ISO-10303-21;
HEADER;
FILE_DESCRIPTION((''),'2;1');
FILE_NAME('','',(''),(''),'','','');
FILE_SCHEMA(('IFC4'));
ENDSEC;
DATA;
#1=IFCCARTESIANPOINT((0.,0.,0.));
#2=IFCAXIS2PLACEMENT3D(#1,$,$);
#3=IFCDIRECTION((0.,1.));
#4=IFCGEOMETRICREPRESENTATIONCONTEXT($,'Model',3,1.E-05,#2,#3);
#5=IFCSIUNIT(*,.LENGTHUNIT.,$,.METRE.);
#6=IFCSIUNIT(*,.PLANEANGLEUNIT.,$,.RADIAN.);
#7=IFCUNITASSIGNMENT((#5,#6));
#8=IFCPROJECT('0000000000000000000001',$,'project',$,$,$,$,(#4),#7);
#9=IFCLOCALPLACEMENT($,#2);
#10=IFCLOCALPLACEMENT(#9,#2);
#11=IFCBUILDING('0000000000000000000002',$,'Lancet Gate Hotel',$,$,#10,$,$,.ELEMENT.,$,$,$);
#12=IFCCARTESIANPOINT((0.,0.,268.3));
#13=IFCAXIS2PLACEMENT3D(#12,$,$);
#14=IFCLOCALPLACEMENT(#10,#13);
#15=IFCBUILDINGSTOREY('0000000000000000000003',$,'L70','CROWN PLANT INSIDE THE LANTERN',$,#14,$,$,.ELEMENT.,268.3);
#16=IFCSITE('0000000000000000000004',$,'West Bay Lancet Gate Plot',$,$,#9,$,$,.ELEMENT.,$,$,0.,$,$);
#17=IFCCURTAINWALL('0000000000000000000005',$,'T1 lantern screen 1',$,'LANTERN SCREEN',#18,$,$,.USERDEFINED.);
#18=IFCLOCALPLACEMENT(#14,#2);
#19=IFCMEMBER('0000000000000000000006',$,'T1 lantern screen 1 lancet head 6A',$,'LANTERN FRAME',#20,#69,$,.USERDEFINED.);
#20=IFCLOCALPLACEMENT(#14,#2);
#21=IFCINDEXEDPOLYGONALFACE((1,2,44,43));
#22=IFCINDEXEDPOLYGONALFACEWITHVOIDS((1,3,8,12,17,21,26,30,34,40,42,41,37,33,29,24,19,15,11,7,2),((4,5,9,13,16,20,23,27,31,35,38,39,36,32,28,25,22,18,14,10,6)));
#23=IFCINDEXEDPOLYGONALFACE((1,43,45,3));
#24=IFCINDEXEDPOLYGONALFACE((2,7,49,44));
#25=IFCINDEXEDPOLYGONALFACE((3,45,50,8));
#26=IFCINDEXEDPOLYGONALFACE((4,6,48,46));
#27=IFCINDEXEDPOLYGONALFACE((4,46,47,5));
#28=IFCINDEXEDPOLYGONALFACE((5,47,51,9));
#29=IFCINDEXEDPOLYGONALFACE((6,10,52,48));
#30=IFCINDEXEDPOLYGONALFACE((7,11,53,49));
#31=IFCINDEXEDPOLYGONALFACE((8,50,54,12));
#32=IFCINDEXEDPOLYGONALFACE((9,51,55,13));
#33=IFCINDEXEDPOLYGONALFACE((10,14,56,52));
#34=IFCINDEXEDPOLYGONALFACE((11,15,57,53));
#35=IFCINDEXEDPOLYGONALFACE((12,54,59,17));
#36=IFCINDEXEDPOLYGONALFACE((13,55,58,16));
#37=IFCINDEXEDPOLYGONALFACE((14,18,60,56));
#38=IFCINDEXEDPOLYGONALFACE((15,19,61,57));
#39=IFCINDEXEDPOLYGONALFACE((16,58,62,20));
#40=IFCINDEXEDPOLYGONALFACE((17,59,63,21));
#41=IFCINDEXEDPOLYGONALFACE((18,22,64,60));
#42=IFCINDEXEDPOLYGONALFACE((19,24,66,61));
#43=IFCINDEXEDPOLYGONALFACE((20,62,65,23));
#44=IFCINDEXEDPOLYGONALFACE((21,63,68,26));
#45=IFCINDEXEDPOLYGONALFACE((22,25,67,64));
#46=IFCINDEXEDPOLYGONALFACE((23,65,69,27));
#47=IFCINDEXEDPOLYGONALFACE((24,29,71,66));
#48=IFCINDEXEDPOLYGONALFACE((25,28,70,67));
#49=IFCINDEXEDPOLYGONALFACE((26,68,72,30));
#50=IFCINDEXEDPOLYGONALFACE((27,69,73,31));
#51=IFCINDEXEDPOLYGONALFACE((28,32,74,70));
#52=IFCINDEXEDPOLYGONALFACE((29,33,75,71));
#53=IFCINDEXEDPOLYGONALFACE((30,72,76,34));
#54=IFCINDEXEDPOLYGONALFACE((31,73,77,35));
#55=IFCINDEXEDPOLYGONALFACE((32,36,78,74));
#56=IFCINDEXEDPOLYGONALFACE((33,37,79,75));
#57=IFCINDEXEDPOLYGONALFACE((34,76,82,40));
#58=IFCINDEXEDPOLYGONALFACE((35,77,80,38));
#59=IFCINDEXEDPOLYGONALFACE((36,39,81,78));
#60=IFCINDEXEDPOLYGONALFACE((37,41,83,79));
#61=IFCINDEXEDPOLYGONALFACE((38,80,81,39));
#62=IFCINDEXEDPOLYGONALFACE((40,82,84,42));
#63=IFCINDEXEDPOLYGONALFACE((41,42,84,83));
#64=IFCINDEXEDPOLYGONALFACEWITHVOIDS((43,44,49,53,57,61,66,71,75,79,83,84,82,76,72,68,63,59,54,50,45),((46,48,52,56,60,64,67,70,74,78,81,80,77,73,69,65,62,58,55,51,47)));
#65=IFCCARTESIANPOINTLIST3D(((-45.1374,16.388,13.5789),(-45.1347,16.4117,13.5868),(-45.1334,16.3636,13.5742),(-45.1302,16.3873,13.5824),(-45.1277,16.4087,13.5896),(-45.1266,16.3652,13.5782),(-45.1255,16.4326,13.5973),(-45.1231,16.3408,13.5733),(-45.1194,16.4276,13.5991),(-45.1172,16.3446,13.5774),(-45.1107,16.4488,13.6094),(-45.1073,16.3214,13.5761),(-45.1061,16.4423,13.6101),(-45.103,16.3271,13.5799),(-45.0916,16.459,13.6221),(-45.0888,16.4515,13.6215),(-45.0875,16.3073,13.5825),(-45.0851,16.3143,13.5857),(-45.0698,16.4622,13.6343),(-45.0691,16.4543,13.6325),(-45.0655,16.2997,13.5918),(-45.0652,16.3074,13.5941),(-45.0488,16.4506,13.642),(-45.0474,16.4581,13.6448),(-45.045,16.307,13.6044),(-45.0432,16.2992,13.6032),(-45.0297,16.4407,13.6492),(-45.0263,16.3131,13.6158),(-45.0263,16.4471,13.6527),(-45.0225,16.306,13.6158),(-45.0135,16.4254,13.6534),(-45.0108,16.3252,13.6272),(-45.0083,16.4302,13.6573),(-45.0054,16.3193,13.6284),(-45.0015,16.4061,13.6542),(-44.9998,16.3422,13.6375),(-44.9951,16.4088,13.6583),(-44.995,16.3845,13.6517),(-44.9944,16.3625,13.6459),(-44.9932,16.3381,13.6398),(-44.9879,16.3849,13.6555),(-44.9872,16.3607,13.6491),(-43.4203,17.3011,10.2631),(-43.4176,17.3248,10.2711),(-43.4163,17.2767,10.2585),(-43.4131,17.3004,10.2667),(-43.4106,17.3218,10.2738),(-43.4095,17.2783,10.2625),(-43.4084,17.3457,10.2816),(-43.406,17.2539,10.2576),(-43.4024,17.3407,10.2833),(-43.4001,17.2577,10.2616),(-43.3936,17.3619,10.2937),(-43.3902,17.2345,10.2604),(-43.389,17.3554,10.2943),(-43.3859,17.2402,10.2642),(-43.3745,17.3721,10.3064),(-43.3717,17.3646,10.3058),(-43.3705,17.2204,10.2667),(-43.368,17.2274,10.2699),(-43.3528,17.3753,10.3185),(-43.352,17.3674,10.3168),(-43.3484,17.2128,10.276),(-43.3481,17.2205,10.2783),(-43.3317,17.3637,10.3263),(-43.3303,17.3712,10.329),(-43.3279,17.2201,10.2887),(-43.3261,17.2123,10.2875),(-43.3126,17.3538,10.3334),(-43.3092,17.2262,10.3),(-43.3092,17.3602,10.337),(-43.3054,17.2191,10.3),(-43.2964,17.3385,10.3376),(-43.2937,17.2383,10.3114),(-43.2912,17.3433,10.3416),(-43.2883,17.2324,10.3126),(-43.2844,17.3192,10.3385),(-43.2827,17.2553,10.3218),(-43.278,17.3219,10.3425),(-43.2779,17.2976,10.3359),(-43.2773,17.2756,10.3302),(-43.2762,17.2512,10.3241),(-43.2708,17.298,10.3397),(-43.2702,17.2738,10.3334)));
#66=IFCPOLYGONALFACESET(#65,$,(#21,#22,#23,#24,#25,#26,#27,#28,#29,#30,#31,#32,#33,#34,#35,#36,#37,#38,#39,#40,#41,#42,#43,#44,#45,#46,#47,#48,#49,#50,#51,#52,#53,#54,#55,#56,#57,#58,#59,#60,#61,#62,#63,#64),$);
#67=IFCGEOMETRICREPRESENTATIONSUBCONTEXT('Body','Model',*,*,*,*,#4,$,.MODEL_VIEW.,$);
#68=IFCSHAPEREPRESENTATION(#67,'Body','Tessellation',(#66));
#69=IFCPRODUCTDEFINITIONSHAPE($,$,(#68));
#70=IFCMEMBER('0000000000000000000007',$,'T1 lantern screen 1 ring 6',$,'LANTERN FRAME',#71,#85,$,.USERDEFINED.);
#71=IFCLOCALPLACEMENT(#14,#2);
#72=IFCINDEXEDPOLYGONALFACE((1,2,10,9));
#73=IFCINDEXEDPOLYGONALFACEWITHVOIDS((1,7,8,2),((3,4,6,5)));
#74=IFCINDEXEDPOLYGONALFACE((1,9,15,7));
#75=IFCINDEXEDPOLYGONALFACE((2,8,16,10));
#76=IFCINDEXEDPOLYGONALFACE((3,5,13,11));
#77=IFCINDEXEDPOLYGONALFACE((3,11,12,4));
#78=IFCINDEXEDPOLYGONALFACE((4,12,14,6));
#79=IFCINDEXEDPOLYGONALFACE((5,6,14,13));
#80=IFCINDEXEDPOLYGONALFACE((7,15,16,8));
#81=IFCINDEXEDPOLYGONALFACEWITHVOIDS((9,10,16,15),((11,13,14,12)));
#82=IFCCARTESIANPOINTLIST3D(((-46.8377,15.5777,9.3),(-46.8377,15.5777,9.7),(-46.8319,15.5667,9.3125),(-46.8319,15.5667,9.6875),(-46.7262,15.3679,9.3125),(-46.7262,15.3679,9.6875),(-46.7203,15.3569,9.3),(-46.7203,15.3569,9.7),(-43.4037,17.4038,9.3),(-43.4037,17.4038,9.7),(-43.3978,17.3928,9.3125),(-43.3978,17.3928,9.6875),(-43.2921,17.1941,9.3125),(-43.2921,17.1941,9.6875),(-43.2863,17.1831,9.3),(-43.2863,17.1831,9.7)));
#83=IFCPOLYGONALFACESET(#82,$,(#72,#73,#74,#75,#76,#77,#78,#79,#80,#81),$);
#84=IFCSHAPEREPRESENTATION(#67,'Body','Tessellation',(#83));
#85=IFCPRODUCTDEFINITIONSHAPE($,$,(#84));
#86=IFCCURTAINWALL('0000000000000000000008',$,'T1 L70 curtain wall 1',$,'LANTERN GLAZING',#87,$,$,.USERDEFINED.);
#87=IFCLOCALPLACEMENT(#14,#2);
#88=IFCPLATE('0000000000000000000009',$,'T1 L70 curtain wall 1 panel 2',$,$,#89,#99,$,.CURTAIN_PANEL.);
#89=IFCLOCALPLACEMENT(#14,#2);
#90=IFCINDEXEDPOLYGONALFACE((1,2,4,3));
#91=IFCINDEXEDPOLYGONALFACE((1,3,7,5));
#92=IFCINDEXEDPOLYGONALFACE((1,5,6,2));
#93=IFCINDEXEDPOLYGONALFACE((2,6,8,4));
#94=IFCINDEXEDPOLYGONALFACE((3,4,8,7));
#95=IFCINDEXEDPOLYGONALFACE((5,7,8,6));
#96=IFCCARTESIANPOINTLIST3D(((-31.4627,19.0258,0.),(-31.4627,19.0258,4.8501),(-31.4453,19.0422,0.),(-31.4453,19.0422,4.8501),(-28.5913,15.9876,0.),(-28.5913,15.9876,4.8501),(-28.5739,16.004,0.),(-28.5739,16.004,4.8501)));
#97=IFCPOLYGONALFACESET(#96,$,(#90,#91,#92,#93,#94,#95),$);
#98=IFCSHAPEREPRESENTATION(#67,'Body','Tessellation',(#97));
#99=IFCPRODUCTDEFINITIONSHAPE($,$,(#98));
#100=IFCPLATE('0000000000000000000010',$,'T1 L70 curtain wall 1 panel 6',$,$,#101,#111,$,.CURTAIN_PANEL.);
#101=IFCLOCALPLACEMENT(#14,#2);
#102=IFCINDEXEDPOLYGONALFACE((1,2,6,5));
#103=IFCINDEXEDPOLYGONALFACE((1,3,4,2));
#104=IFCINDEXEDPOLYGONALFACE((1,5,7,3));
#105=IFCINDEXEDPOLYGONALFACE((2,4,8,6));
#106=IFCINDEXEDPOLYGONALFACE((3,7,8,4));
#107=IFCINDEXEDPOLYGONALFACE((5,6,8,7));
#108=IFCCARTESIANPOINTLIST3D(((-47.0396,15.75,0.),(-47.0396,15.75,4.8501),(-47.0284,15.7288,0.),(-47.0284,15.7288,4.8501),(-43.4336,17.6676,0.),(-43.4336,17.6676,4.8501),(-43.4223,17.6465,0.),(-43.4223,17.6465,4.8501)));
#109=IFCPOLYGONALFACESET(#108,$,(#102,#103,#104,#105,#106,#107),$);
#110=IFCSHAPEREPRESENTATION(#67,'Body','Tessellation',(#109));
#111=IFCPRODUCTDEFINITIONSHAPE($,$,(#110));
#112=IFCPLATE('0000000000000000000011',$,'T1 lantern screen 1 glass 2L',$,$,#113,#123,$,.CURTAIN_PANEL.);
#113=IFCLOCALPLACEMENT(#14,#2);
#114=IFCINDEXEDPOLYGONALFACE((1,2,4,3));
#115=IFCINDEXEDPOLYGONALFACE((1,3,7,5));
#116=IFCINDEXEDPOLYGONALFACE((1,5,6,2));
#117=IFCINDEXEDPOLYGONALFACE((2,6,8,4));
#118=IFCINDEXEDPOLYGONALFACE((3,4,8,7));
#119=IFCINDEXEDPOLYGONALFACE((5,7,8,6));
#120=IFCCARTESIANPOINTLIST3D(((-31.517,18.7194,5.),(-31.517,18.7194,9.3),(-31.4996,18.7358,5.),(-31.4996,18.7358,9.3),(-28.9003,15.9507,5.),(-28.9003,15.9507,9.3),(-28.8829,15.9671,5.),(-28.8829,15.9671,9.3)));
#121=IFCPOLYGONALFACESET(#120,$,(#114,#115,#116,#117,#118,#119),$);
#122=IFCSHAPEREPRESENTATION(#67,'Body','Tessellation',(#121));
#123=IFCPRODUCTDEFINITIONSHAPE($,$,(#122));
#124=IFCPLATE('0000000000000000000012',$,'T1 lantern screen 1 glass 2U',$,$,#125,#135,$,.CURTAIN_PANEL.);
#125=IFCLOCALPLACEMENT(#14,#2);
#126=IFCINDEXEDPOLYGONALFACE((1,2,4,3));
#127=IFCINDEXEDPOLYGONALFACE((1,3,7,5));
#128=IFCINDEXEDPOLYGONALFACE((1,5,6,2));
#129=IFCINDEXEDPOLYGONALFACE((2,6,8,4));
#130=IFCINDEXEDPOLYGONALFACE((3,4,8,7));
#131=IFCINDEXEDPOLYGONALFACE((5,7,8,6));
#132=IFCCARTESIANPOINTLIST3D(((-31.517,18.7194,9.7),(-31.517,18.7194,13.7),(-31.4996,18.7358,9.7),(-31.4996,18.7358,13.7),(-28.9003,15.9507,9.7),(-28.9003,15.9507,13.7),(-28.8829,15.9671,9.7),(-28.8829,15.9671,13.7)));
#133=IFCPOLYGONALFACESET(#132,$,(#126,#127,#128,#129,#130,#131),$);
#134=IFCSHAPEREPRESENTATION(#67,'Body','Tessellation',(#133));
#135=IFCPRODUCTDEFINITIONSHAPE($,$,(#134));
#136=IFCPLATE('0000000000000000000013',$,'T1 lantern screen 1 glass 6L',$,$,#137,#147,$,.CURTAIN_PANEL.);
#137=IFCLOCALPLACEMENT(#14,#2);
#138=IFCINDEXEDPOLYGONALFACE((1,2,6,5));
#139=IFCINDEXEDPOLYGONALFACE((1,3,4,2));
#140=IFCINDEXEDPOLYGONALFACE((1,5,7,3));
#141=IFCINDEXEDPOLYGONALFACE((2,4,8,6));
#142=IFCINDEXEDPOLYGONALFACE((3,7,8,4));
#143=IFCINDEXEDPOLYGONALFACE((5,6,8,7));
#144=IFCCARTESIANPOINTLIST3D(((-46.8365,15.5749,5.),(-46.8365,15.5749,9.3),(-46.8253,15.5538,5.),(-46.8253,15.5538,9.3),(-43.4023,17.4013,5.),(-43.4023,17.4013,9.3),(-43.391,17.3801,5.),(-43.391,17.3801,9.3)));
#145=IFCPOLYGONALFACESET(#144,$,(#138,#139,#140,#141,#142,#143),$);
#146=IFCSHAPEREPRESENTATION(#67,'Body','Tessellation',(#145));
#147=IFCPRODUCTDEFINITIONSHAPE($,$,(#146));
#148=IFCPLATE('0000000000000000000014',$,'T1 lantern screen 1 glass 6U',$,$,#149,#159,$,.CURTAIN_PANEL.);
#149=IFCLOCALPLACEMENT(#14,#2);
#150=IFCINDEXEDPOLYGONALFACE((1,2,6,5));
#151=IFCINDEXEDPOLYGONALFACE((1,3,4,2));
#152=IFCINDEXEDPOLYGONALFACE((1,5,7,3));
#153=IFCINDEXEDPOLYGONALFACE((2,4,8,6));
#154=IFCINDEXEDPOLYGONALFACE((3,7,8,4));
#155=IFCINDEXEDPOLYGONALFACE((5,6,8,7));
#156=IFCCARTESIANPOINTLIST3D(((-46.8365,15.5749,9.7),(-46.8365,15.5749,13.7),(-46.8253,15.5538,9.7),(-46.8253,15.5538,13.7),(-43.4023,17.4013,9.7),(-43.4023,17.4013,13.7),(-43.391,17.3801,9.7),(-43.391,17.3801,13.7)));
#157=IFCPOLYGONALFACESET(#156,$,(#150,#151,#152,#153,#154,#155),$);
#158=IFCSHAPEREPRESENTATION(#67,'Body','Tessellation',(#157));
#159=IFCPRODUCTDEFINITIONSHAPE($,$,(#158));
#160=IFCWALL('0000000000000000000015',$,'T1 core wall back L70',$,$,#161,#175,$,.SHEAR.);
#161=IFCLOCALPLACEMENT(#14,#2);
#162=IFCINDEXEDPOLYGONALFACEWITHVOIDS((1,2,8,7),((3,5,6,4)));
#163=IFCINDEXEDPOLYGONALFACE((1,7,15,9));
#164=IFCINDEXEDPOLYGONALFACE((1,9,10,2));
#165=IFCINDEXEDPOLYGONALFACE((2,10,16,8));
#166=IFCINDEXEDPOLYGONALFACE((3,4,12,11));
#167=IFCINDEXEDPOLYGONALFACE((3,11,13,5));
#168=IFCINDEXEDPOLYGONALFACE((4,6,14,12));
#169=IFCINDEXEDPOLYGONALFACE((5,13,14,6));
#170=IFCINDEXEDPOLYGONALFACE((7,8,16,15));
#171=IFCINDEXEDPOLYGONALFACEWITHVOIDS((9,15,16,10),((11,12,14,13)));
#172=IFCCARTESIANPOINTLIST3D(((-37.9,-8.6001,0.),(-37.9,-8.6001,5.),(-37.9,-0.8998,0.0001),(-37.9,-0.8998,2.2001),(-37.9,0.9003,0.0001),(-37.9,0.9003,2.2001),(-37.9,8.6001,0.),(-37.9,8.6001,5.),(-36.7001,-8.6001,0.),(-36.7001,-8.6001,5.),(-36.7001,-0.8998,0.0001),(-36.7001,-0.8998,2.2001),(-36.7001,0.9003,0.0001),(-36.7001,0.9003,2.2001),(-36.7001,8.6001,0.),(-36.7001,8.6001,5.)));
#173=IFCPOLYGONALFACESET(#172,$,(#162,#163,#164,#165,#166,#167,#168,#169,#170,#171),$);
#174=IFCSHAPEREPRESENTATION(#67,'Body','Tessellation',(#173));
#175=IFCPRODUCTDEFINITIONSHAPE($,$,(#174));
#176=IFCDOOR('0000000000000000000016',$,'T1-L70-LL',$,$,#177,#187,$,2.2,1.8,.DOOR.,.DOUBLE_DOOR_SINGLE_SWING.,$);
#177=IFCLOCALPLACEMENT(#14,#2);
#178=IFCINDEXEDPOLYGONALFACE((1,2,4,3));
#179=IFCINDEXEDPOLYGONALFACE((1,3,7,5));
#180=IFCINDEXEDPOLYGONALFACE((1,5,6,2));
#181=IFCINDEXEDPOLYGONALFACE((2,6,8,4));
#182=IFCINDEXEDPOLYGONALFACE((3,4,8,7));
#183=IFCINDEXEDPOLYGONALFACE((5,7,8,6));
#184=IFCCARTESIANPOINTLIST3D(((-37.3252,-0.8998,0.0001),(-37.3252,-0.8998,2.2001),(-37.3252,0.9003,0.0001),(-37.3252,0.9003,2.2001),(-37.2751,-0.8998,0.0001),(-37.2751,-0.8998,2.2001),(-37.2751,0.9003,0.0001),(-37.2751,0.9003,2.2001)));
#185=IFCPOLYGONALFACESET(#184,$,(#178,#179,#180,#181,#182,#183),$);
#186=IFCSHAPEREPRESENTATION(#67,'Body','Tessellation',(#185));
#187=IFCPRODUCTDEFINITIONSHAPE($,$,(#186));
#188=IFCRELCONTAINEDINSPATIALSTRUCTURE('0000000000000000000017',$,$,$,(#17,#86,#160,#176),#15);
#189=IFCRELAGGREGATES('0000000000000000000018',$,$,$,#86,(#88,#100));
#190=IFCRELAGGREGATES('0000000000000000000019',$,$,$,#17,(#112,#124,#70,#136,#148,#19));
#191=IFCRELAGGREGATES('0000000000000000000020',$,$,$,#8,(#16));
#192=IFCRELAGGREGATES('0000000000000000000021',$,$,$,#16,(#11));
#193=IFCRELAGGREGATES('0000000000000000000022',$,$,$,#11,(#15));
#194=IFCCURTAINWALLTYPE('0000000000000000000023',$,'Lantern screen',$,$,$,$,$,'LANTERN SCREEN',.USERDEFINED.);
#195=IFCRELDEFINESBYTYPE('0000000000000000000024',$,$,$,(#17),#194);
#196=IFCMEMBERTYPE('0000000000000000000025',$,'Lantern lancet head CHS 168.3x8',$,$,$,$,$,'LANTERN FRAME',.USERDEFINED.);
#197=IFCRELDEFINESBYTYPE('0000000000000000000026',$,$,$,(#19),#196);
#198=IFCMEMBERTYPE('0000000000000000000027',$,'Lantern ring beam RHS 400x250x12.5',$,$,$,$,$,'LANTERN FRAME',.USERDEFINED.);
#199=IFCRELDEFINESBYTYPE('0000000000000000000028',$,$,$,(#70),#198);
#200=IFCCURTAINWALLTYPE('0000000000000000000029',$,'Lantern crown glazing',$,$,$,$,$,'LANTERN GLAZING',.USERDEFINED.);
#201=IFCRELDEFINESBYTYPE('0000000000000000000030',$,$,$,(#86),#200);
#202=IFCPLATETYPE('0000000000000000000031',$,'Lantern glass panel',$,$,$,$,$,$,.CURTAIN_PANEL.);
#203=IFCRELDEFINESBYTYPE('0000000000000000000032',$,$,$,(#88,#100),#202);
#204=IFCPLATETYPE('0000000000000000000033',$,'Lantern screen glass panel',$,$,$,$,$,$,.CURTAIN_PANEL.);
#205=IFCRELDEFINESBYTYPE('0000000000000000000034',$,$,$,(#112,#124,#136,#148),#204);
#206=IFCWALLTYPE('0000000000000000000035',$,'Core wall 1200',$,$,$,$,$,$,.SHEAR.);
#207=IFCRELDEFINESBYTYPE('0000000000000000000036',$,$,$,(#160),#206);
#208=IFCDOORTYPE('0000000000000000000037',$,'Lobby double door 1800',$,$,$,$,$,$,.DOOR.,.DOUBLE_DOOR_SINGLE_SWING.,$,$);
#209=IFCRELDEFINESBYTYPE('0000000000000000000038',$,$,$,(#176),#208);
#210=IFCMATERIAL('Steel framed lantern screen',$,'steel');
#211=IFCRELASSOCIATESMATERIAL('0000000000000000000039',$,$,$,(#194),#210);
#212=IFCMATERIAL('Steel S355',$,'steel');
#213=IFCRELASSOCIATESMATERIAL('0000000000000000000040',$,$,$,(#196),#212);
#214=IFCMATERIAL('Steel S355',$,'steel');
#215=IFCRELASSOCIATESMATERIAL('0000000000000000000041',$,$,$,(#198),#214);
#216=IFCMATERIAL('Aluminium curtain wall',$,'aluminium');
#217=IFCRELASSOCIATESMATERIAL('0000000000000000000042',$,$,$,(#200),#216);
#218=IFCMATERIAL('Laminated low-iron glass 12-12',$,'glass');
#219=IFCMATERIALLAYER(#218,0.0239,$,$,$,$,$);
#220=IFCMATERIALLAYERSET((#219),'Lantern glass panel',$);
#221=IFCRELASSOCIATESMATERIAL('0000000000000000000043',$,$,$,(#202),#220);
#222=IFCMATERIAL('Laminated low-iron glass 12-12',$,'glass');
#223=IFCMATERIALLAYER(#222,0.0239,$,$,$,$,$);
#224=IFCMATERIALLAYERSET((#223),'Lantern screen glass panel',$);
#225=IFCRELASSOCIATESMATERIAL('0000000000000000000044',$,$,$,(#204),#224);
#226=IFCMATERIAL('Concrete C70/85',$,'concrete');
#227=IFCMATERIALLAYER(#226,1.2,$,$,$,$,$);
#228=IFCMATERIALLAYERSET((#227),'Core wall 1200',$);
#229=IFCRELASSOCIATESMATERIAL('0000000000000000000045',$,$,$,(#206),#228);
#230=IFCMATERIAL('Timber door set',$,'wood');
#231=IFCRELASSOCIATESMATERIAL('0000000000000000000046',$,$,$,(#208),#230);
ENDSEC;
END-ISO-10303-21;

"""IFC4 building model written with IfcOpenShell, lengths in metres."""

from ifc_helpers import new_model, si_unit, direction, frame, frame_2d, origin, origin_2d, place, context, subcontext, project, spatial, rectangle, hollow_rectangle, hollow_circle, extrude, material, layer, layer_set, material_profile, profile_set, type_object, element, fill, aggregate, save


model = new_model("IFC4")

# Units and contexts
model_context = context("Model", 3, precision=1e-05, world=origin(), true_north=direction((0.0, 1.0)))
body_context = subcontext(model_context, "Body", "Model", "MODEL_VIEW")
ifc_project = project(units=[si_unit("LENGTHUNIT", "METRE"), si_unit("PLANEANGLEUNIT", "RADIAN")], contexts=[model_context])

# Site, building, storey
site_placement = place(None, origin())
site = spatial("IfcSite", under=ifc_project, at=site_placement, Name="West Bay Lancet Gate Plot", CompositionType="ELEMENT", RefElevation=0.0)
building_placement = place(site_placement, origin())
building = spatial("IfcBuilding", under=site, at=building_placement, Name="Lancet Gate Hotel", CompositionType="ELEMENT")
storey_placement = place(building_placement, frame((0.0, 0.0, 268.3)))
storey = spatial("IfcBuildingStorey", under=building, at=storey_placement, Name="L70", Description="CROWN PLANT INSIDE THE LANTERN", CompositionType="ELEMENT", Elevation=268.3)

# Curtain wall, members
ifc_material_1 = material(Name="Steel framed lantern screen", Category="steel")
curtain_wall_type_1 = type_object("IfcCurtainWallType", Name="Lantern screen", ElementType="LANTERN SCREEN", PredefinedType="USERDEFINED", material=ifc_material_1)
curtain_wall_1_placement = place(storey_placement, origin())
curtain_wall_1 = element("IfcCurtainWall", 1, at=curtain_wall_1_placement, inside=storey, type_object=curtain_wall_type_1, Name="T1 lantern screen 1", ObjectType="LANTERN SCREEN", PredefinedType="USERDEFINED")
ifc_material_2 = material(Name="Steel S355", Category="steel")
ifc_material_profile_1 = material_profile(ifc_material_2, hollow_circle(Radius=0.0842, WallThickness=0.0081, at=origin_2d()), Name="CHS 168.3x8.0")
ifc_profile_set_1 = profile_set([ifc_material_profile_1], Name="Steel S355")
member_type_1 = type_object("IfcMemberType", Name="Lantern lancet head CHS 168.3x8", ElementType="LANTERN FRAME", PredefinedType="USERDEFINED", material=ifc_profile_set_1)
member_1_placement = place(storey_placement, frame((-43.345, 17.2935, 10.3), z_axis=(-0.446691, -0.237541, 0.862578), x_axis=(0.469519, -0.882922, 0.0)))
member_1 = element("IfcMember", 2, at=member_1_placement, type_object=member_type_1, Name="T1 lantern screen 1 lancet head 6A", ObjectType="LANTERN FRAME", PredefinedType="USERDEFINED", context=body_context, shape_type="SweptSolid", body=[
    extrude(hollow_circle(Radius=0.0842, WallThickness=0.0081, at=origin_2d()), origin(), (0.0, 0.0, 1.0), 3.844),
])
ifc_material_3 = material(Name="Steel S355", Category="steel")
ifc_material_profile_2 = material_profile(ifc_material_3, hollow_rectangle(XDim=0.25, YDim=0.3999, WallThickness=0.0125, at=origin_2d()), Name="RHS 400x250x12.5")
ifc_profile_set_2 = profile_set([ifc_material_profile_2], Name="Steel S355")
member_type_2 = type_object("IfcMemberType", Name="Lantern ring beam RHS 400x250x12.5", ElementType="LANTERN FRAME", PredefinedType="USERDEFINED", material=ifc_profile_set_2)
member_2_placement = place(storey_placement, frame((-43.345, 17.2935, 9.5), z_axis=(-0.882922, -0.469519, 0.0), x_axis=(0.469519, -0.882922, 0.0)))
member_2 = element("IfcMember", 3, at=member_2_placement, type_object=member_type_2, Name="T1 lantern screen 1 ring 6", ObjectType="LANTERN FRAME", PredefinedType="USERDEFINED", context=body_context, shape_type="SweptSolid", body=[
    extrude(hollow_rectangle(XDim=0.25, YDim=0.3999, WallThickness=0.0125, at=origin_2d()), origin(), (0.0, 0.0, 1.0), 3.8894),
])

# Curtain wall, plates
ifc_material_4 = material(Name="Aluminium curtain wall", Category="aluminium")
curtain_wall_type_2 = type_object("IfcCurtainWallType", Name="Lantern crown glazing", ElementType="LANTERN GLAZING", PredefinedType="USERDEFINED", material=ifc_material_4)
curtain_wall_2_placement = place(storey_placement, origin())
curtain_wall_2 = element("IfcCurtainWall", 4, at=curtain_wall_2_placement, inside=storey, type_object=curtain_wall_type_2, Name="T1 L70 curtain wall 1", ObjectType="LANTERN GLAZING", PredefinedType="USERDEFINED")
ifc_material_5 = material(Name="Laminated low-iron glass 12-12", Category="glass")
ifc_layer_1 = layer(ifc_material_5, 0.0239)
ifc_layer_set_1 = layer_set([ifc_layer_1], Name="Lantern glass panel")
plate_type_1 = type_object("IfcPlateType", Name="Lantern glass panel", PredefinedType="CURTAIN_PANEL", material=ifc_layer_set_1)
plate_1_placement = place(storey_placement, frame((-30.0183, 17.5149, 0.0), z_axis=(0.0, 0.0, 1.0), x_axis=(-0.686883, 0.726768, 0.0)))
plate_1 = element("IfcPlate", 5, at=plate_1_placement, type_object=plate_type_1, Name="T1 L70 curtain wall 1 panel 2", PredefinedType="CURTAIN_PANEL", context=body_context, shape_type="SweptSolid", body=[
    extrude(rectangle(XDim=4.1804, YDim=0.0239, at=origin_2d()), origin(), (0.0, 0.0, 1.0), 4.8501),
])
plate_2_placement = place(storey_placement, frame((-45.231, 16.6982, 0.0), z_axis=(0.0, 0.0, 1.0), x_axis=(-0.882916, -0.469531, 0.0)))
plate_2 = element("IfcPlate", 6, at=plate_2_placement, type_object=plate_type_1, Name="T1 L70 curtain wall 1 panel 6", PredefinedType="CURTAIN_PANEL", context=body_context, shape_type="SweptSolid", body=[
    extrude(rectangle(XDim=4.0842, YDim=0.0239, at=origin_2d()), origin(), (0.0, 0.0, 1.0), 4.8501),
])
aggregate(curtain_wall_2, [plate_1, plate_2])

# Plates
ifc_material_6 = material(Name="Laminated low-iron glass 12-12", Category="glass")
ifc_layer_2 = layer(ifc_material_6, 0.0239)
ifc_layer_set_2 = layer_set([ifc_layer_2], Name="Lantern screen glass panel")
plate_type_2 = type_object("IfcPlateType", Name="Lantern screen glass panel", PredefinedType="CURTAIN_PANEL", material=ifc_layer_set_2)
plate_3_placement = place(storey_placement, frame((-30.2, 17.3433, 5.0), z_axis=(0.0, 0.0, 1.0), x_axis=(-0.686883, 0.726768, 0.0)))
plate_3 = element("IfcPlate", 7, at=plate_3_placement, type_object=plate_type_2, Name="T1 lantern screen 1 glass 2L", PredefinedType="CURTAIN_PANEL", context=body_context, shape_type="SweptSolid", body=[
    extrude(rectangle(XDim=3.8096, YDim=0.0239, at=origin_2d()), origin(), (0.0, 0.0, 1.0), 4.3),
])
plate_4_placement = place(storey_placement, frame((-30.2, 17.3433, 9.7), z_axis=(0.0, 0.0, 1.0), x_axis=(-0.686883, 0.726768, 0.0)))
plate_4 = element("IfcPlate", 8, at=plate_4_placement, type_object=plate_type_2, Name="T1 lantern screen 1 glass 2U", PredefinedType="CURTAIN_PANEL", context=body_context, shape_type="SweptSolid", body=[
    extrude(rectangle(XDim=3.8096, YDim=0.0239, at=origin_2d()), origin(), (0.0, 0.0, 1.0), 4.0),
])
plate_5_placement = place(storey_placement, frame((-45.1138, 16.4775, 5.0), z_axis=(0.0, 0.0, 1.0), x_axis=(-0.882916, -0.469531, 0.0)))
plate_5 = element("IfcPlate", 9, at=plate_5_placement, type_object=plate_type_2, Name="T1 lantern screen 1 glass 6L", PredefinedType="CURTAIN_PANEL", context=body_context, shape_type="SweptSolid", body=[
    extrude(rectangle(XDim=3.8896, YDim=0.0239, at=origin_2d()), origin(), (0.0, 0.0, 1.0), 4.3),
])
plate_6_placement = place(storey_placement, frame((-45.1138, 16.4775, 9.7), z_axis=(0.0, 0.0, 1.0), x_axis=(-0.882916, -0.469531, 0.0)))
plate_6 = element("IfcPlate", 10, at=plate_6_placement, type_object=plate_type_2, Name="T1 lantern screen 1 glass 6U", PredefinedType="CURTAIN_PANEL", context=body_context, shape_type="SweptSolid", body=[
    extrude(rectangle(XDim=3.8896, YDim=0.0239, at=origin_2d()), origin(), (0.0, 0.0, 1.0), 4.0),
])
aggregate(curtain_wall_1, [plate_3, plate_4, member_2, plate_5, plate_6, member_1])

# Wall, opening, door
ifc_material_7 = material(Name="Concrete C70/85", Category="concrete")
ifc_layer_3 = layer(ifc_material_7, 1.2)
ifc_layer_set_3 = layer_set([ifc_layer_3], Name="Core wall 1200")
wall_type_1 = type_object("IfcWallType", Name="Core wall 1200", PredefinedType="SHEAR", material=ifc_layer_set_3)
wall_1_placement = place(storey_placement, frame((-37.3, 8.6001, 0.0), z_axis=(0.0, 0.0, 1.0), x_axis=(0.0, -1.0, 0.0)))
wall_1 = element("IfcWall", 11, at=wall_1_placement, inside=storey, type_object=wall_type_1, Name="T1 core wall back L70", PredefinedType="SHEAR", context=body_context, shape_type="SweptSolid", body=[
    extrude(rectangle(XDim=17.2002, YDim=1.2, at=frame_2d((8.6001, 0.0))), origin(), (0.0, 0.0, 1.0), 5.0),
])
opening_placement = place(wall_1_placement, frame((7.7, 0.0, 0.0)))
opening = element("IfcOpeningElement", 12, at=opening_placement, cuts=wall_1, PredefinedType="OPENING", context=body_context, shape_type="SweptSolid", body=[
    extrude(rectangle(XDim=1.8, YDim=2.2, at=frame_2d((0.8999, 1.1001))), frame((0.0, 0.6099, 0.0), z_axis=(0.0, -1.0, 0.0), x_axis=(1.0, 0.0, 0.0)), (0.0, 0.0, 1.0), 1.22),
])
ifc_material_8 = material(Name="Timber door set", Category="wood")
door_type = type_object("IfcDoorType", Name="Lobby double door 1800", OperationType="DOUBLE_DOOR_SINGLE_SWING", PredefinedType="DOOR", material=ifc_material_8)
door_placement = place(opening_placement, origin())
door = element("IfcDoor", 13, at=door_placement, inside=storey, type_object=door_type, Name="T1-L70-LL", OperationType="DOUBLE_DOOR_SINGLE_SWING", OverallHeight=2.2, OverallWidth=1.8, PredefinedType="DOOR", context=body_context, shape_type="SweptSolid", body=[
    extrude(rectangle(XDim=1.8, YDim=2.2, at=frame_2d((0.8999, 1.1001))), frame((0.0, 0.0249, 0.0), z_axis=(0.0, -1.0, 0.0), x_axis=(1.0, 0.0, 0.0)), (0.0, 0.0, 1.0), 0.05),
])
fill(opening, door)

save(model, "model.ifc")
